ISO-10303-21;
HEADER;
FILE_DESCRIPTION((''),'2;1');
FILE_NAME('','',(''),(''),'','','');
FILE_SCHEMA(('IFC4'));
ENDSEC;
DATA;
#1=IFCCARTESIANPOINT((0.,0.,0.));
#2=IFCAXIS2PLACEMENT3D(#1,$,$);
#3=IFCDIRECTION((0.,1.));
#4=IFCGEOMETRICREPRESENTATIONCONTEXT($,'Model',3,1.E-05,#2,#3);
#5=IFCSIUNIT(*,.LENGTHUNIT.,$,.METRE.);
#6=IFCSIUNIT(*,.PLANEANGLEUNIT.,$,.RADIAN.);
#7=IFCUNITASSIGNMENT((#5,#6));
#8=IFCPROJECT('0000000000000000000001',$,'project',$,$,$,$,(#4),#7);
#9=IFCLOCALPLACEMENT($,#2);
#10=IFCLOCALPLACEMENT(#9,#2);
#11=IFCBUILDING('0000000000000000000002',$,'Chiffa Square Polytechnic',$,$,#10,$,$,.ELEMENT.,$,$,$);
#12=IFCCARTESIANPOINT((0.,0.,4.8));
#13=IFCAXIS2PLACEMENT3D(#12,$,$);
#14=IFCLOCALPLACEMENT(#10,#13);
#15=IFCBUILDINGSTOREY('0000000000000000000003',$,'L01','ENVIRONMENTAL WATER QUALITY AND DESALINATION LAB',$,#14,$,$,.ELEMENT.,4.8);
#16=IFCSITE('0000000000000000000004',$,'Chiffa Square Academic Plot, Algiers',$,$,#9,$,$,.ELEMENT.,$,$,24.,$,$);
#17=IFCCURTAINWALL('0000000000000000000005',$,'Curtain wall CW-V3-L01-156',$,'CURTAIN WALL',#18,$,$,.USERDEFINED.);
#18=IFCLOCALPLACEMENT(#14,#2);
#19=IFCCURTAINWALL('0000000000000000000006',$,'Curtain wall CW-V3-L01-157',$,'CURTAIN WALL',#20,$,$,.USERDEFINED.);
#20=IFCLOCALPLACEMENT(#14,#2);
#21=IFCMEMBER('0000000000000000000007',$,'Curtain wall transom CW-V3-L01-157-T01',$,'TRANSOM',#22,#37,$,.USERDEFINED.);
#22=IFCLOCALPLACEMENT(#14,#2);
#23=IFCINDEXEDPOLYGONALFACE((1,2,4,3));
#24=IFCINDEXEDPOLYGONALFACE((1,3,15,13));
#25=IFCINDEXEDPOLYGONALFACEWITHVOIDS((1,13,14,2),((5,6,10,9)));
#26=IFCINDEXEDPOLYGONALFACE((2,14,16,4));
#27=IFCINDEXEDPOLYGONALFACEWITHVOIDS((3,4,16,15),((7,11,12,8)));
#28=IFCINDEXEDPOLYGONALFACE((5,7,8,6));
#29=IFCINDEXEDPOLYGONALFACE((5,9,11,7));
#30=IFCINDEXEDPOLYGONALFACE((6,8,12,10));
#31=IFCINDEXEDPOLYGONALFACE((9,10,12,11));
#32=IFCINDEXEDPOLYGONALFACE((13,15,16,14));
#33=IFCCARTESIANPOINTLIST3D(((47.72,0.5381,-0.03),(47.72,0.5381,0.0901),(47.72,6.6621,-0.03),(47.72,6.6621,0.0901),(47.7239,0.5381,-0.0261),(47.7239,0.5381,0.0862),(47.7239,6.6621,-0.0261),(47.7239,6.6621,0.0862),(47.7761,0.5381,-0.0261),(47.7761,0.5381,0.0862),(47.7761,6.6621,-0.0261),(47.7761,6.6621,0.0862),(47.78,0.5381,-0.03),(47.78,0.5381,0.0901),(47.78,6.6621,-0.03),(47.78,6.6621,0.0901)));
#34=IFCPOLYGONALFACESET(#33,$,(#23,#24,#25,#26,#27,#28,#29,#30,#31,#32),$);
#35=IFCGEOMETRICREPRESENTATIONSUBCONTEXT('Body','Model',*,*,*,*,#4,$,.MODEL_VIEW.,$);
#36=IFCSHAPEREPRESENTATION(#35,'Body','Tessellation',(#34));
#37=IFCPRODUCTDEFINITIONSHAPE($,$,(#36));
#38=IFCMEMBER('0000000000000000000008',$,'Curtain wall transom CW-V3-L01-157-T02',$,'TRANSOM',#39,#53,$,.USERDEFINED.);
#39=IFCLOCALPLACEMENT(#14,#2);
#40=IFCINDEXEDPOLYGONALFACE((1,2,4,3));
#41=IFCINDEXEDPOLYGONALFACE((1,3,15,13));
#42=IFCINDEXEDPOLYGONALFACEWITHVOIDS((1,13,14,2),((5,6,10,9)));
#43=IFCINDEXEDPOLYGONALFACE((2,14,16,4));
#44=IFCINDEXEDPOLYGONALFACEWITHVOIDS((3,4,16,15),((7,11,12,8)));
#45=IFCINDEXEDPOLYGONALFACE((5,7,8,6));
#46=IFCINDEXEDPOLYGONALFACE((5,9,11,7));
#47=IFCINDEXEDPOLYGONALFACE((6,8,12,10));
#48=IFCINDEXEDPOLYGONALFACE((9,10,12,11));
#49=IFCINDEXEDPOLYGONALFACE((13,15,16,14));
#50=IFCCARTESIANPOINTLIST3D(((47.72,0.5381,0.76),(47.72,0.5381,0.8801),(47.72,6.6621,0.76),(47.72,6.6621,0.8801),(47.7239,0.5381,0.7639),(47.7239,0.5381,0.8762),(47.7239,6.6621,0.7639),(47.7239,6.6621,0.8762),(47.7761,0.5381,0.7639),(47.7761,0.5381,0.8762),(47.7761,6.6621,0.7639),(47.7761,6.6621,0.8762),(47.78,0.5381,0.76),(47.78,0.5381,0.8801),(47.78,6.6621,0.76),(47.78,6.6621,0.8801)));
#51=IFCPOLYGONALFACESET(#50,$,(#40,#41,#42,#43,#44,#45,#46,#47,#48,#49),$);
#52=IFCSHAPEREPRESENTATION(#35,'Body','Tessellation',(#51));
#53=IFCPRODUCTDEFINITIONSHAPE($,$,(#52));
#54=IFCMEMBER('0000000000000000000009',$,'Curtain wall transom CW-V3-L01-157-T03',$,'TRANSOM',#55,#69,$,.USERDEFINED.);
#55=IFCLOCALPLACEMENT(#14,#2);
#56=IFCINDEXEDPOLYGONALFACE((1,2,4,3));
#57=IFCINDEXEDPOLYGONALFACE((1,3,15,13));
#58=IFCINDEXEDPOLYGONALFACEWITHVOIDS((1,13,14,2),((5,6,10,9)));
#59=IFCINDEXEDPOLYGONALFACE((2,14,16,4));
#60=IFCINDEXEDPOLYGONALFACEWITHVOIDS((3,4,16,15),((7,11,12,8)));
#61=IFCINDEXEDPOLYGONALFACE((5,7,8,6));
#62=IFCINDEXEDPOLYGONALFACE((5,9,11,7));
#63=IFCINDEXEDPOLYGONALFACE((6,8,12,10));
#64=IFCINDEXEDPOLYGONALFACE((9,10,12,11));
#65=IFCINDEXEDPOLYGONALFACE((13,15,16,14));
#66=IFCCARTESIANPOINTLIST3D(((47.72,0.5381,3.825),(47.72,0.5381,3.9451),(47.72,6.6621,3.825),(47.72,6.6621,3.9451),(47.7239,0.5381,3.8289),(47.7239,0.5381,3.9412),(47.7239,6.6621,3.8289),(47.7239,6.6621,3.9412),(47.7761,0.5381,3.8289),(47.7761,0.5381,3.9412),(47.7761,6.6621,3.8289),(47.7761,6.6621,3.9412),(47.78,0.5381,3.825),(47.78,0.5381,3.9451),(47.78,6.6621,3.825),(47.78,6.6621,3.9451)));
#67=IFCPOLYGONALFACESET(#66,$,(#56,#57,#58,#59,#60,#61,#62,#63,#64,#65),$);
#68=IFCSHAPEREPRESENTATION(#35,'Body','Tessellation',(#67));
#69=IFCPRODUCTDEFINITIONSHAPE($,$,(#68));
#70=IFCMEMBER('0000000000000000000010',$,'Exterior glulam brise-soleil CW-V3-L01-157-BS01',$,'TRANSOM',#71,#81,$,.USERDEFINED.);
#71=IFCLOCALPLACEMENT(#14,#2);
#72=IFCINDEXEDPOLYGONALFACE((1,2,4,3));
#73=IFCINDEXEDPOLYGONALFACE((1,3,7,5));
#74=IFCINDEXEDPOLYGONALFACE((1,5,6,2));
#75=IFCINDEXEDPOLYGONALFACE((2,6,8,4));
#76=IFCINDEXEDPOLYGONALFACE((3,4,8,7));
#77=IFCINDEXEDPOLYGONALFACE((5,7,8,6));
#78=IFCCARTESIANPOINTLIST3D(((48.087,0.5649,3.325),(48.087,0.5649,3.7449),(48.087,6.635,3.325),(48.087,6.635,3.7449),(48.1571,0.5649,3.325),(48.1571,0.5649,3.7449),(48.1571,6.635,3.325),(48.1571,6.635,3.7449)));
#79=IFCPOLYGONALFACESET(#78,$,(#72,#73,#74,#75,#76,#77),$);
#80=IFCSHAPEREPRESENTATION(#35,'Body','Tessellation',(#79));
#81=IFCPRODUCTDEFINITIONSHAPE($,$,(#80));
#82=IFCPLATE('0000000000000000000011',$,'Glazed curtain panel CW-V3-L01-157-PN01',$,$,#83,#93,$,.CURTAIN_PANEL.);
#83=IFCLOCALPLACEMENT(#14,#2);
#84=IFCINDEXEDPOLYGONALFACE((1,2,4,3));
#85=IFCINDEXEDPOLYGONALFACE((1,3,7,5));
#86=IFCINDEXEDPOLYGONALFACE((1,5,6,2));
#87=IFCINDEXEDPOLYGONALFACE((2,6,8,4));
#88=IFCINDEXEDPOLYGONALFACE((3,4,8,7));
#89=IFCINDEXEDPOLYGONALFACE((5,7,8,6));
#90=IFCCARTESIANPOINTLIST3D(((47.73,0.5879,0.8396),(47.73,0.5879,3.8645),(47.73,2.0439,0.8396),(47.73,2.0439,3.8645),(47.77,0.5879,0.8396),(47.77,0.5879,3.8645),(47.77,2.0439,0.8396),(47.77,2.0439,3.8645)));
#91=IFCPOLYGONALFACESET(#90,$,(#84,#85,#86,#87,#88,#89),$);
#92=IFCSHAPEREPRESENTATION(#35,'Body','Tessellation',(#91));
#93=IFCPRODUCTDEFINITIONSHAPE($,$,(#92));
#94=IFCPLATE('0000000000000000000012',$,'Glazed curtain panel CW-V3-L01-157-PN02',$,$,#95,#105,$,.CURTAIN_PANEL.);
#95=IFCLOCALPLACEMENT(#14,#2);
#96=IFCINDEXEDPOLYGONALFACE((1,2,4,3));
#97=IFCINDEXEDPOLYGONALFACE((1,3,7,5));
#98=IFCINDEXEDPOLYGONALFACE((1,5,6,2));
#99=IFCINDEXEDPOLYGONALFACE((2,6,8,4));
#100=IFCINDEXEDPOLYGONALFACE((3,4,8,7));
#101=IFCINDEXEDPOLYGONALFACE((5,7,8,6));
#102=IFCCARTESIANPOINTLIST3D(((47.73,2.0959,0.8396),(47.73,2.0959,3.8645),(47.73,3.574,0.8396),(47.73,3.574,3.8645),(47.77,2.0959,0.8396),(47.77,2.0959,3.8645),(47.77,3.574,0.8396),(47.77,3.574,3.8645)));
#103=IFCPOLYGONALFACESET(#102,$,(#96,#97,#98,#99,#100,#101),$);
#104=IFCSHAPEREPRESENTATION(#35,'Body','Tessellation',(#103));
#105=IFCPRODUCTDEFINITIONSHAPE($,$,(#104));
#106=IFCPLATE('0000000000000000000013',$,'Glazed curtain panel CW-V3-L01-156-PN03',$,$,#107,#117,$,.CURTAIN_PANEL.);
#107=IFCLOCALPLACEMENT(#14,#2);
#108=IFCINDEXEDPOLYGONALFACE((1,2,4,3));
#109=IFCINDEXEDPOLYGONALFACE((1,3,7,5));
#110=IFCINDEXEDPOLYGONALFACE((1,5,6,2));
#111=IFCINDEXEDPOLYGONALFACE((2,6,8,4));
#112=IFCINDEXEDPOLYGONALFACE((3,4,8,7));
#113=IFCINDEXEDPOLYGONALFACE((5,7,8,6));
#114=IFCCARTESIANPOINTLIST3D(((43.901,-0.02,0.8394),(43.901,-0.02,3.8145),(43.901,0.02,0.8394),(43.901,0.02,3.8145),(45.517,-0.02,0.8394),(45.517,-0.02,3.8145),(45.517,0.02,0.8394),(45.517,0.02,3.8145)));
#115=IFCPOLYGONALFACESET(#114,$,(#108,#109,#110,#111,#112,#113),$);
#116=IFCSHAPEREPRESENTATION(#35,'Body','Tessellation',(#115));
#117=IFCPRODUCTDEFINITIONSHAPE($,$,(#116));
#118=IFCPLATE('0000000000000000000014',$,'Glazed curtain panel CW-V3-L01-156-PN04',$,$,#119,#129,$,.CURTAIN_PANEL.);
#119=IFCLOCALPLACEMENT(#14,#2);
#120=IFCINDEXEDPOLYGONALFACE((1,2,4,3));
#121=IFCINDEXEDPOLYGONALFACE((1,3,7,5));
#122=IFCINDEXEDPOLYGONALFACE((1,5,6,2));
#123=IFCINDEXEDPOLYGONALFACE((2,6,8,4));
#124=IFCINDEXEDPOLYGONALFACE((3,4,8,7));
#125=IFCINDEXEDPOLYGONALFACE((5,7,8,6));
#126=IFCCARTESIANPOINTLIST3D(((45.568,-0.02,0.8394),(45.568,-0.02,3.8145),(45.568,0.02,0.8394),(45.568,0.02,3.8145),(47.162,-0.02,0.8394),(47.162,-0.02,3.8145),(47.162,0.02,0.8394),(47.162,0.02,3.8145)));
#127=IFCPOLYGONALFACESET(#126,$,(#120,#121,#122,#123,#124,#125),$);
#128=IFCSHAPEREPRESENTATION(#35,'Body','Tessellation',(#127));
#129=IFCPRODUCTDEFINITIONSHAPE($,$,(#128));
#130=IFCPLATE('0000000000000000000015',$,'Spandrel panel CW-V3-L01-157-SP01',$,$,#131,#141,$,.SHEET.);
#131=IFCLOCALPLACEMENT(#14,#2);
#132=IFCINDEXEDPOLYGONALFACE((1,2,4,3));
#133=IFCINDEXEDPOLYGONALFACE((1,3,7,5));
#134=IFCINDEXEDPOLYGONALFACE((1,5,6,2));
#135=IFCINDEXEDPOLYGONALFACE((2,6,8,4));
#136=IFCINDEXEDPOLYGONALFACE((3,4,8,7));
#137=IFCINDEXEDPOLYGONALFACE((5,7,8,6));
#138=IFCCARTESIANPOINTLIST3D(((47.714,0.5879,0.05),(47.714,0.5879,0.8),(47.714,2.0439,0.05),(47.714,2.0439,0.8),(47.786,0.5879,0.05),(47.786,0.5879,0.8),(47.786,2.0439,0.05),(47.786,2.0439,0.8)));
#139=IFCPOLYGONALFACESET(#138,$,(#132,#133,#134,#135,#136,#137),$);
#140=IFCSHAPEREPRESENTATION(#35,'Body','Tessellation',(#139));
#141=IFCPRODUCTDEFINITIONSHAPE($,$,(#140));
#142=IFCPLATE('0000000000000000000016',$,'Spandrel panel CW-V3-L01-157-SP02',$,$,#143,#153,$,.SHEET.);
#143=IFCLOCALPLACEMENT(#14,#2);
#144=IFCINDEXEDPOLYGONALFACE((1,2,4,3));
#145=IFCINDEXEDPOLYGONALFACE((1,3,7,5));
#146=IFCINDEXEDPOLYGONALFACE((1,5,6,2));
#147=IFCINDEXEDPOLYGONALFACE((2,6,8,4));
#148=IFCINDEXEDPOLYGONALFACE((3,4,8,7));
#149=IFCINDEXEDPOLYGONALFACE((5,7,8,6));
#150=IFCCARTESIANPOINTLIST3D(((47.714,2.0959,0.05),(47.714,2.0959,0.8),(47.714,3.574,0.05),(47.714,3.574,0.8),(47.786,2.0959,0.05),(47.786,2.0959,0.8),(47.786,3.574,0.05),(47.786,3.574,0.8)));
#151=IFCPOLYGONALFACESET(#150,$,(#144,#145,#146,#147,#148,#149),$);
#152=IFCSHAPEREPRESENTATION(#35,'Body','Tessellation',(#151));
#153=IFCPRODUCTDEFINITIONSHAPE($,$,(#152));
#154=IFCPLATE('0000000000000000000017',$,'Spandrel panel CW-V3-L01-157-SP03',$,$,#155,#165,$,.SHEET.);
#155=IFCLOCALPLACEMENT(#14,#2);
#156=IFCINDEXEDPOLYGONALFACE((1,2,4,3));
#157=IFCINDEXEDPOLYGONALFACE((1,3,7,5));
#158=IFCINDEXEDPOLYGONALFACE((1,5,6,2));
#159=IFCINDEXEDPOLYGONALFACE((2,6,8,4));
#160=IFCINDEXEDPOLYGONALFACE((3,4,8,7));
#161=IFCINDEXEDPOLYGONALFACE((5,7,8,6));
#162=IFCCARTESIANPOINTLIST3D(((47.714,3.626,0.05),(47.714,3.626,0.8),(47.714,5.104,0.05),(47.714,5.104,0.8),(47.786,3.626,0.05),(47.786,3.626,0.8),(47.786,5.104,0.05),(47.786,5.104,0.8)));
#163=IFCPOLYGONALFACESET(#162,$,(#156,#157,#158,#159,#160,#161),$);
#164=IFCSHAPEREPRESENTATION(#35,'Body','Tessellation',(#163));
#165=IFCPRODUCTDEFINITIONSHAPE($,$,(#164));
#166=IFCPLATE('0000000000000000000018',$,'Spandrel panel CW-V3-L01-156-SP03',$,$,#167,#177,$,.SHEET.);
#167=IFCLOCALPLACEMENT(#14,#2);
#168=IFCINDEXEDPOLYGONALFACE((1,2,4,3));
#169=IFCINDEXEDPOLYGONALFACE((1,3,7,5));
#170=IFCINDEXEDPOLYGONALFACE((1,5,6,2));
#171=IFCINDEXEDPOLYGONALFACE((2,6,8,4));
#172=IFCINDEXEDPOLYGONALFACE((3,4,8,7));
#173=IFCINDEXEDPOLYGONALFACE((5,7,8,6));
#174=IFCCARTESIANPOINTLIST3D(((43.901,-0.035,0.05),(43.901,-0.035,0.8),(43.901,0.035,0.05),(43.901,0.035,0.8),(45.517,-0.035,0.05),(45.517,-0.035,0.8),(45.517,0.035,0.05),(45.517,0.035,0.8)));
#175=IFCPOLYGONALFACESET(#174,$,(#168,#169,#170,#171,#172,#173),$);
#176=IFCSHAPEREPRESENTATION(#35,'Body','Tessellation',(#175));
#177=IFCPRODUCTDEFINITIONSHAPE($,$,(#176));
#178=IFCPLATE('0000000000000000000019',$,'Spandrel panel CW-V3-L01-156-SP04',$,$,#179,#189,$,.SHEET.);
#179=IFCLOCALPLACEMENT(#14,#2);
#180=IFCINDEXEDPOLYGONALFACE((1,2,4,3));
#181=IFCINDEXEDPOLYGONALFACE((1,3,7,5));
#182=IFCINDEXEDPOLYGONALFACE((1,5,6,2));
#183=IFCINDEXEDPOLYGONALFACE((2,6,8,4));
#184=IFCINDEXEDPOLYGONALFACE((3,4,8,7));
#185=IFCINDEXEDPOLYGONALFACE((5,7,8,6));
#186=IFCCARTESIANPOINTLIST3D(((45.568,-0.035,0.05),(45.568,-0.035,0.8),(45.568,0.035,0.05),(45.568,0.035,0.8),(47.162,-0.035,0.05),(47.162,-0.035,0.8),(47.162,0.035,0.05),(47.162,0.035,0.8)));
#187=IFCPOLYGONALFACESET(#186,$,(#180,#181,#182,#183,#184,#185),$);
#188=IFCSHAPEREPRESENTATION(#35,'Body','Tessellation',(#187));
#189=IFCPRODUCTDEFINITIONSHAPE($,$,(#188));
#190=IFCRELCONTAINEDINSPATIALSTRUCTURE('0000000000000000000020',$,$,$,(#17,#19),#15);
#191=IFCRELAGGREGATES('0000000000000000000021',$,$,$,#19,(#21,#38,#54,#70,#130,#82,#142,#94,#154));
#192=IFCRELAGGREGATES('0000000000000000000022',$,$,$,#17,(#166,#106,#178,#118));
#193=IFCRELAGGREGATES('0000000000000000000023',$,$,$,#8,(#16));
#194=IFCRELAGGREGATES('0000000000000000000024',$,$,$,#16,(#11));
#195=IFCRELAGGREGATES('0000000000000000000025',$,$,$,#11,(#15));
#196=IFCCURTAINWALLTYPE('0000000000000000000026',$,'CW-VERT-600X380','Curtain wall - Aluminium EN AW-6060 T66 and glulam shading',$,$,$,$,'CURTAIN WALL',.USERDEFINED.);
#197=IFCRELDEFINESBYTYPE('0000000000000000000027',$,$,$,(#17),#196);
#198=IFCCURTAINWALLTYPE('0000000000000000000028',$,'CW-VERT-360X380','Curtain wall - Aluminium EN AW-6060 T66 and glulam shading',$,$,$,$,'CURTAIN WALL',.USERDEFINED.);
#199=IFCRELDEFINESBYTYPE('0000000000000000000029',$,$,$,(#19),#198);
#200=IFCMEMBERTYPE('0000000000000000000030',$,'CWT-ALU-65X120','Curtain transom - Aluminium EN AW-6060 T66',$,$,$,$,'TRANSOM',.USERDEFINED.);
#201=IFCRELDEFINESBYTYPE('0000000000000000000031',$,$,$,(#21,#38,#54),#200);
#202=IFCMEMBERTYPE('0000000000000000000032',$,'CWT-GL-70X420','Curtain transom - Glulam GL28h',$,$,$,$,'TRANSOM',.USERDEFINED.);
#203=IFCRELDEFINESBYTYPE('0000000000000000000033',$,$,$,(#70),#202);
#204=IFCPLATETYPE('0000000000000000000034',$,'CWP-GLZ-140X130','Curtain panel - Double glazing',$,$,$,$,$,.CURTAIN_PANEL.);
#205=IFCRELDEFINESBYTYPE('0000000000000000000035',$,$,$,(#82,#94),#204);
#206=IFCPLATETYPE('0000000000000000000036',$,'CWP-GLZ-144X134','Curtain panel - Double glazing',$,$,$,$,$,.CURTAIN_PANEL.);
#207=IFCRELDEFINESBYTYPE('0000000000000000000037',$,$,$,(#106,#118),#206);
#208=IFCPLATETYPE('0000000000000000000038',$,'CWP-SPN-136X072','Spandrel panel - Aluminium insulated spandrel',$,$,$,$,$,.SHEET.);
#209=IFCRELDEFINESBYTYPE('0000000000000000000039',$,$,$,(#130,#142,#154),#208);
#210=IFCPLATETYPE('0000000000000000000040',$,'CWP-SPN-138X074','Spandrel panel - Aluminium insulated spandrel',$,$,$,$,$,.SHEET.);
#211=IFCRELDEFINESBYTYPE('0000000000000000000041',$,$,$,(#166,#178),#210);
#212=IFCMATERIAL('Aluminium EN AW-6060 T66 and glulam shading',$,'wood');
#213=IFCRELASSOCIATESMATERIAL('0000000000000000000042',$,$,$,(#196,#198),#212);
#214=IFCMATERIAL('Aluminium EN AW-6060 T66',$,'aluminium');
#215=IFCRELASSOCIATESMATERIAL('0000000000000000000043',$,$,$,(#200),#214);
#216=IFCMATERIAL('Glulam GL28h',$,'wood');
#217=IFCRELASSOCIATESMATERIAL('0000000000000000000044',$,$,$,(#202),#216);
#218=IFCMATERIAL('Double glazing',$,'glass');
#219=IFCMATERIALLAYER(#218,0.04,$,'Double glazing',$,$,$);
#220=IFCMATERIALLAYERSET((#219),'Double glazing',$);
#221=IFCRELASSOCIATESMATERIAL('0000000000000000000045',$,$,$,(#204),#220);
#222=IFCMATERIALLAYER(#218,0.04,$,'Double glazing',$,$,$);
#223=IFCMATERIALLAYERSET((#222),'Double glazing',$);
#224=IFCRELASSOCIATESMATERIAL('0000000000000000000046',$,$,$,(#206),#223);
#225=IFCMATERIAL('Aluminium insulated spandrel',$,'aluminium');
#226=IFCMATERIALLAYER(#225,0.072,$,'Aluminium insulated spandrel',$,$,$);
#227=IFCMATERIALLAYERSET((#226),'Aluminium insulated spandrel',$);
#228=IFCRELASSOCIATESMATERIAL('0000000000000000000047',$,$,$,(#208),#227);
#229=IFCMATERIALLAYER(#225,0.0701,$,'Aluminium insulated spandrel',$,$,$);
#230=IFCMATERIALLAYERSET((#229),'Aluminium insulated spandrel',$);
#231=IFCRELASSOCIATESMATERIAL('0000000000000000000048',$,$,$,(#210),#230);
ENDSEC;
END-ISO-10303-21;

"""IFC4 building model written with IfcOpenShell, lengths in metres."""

from ifc_helpers import new_model, si_unit, direction, frame, origin, origin_2d, place, context, subcontext, project, spatial, rectangle, hollow_rectangle, extrude, material, layer, layer_set, material_profile, profile_set, type_object, element, aggregate, save


model = new_model("IFC4")

# Units and contexts
model_context = context("Model", 3, precision=1e-05, world=origin(), true_north=direction((0.0, 1.0)))
body_context = subcontext(model_context, "Body", "Model", "MODEL_VIEW")
ifc_project = project(units=[si_unit("LENGTHUNIT", "METRE"), si_unit("PLANEANGLEUNIT", "RADIAN")], contexts=[model_context])

# Site, building, storey
site_placement = place(None, origin())
site = spatial("IfcSite", under=ifc_project, at=site_placement, Name="Chiffa Square Academic Plot, Algiers", CompositionType="ELEMENT", RefElevation=24.0)
building_placement = place(site_placement, origin())
building = spatial("IfcBuilding", under=site, at=building_placement, Name="Chiffa Square Polytechnic", CompositionType="ELEMENT")
storey_placement = place(building_placement, frame((0.0, 0.0, 4.8)))
storey = spatial("IfcBuildingStorey", under=building, at=storey_placement, Name="L01", Description="ENVIRONMENTAL WATER QUALITY AND DESALINATION LAB", CompositionType="ELEMENT", Elevation=4.8)

# Curtain walls
ifc_material_1 = material(Name="Aluminium EN AW-6060 T66 and glulam shading", Category="wood")
curtain_wall_type_1 = type_object("IfcCurtainWallType", Name="CW-VERT-600X380", Description="Curtain wall - Aluminium EN AW-6060 T66 and glulam shading", ElementType="CURTAIN WALL", PredefinedType="USERDEFINED", material=ifc_material_1)
curtain_wall_1_placement = place(storey_placement, origin())
curtain_wall_1 = element("IfcCurtainWall", 1, at=curtain_wall_1_placement, inside=storey, type_object=curtain_wall_type_1, Name="Curtain wall CW-V3-L01-156", ObjectType="CURTAIN WALL", PredefinedType="USERDEFINED")
ifc_material_2 = material(Name="Aluminium EN AW-6060 T66", Category="aluminium")
curtain_wall_type_2 = type_object("IfcCurtainWallType", Name="CW-VERT-360X380", Description="Curtain wall - Aluminium EN AW-6060 T66 and glulam shading", ElementType="CURTAIN WALL", PredefinedType="USERDEFINED", material=ifc_material_1)
curtain_wall_2_placement = place(storey_placement, origin())
curtain_wall_2 = element("IfcCurtainWall", 2, at=curtain_wall_2_placement, inside=storey, type_object=curtain_wall_type_2, Name="Curtain wall CW-V3-L01-157", ObjectType="CURTAIN WALL", PredefinedType="USERDEFINED")

# Members
ifc_material_3 = material(Name="Glulam GL28h", Category="wood")
ifc_material_profile_1 = material_profile(ifc_material_2, hollow_rectangle(XDim=0.0601, YDim=0.1201, WallThickness=0.0039, at=origin_2d()), Name="ALU 60x120x4")
ifc_profile_set_1 = profile_set([ifc_material_profile_1], Name="Aluminium EN AW-6060 T66")
member_type_1 = type_object("IfcMemberType", Name="CWT-ALU-65X120", Description="Curtain transom - Aluminium EN AW-6060 T66", ElementType="TRANSOM", PredefinedType="USERDEFINED", material=ifc_profile_set_1)
member_1_placement = place(storey_placement, frame((47.75, 0.5381, 0.03), z_axis=(0.0, 1.0, 0.0), x_axis=(-1.0, 0.0, 0.0)))
member_1 = element("IfcMember", 3, at=member_1_placement, type_object=member_type_1, Name="Curtain wall transom CW-V3-L01-157-T01", ObjectType="TRANSOM", PredefinedType="USERDEFINED", context=body_context, shape_type="SweptSolid", body=[
    extrude(hollow_rectangle(XDim=0.0601, YDim=0.1201, WallThickness=0.0039, at=origin_2d()), origin(), (0.0, 0.0, 1.0), 6.124),
])
member_2_placement = place(storey_placement, frame((47.75, 0.5381, 0.8201), z_axis=(0.0, 1.0, 0.0), x_axis=(-1.0, 0.0, 0.0)))
member_2 = element("IfcMember", 4, at=member_2_placement, type_object=member_type_1, Name="Curtain wall transom CW-V3-L01-157-T02", ObjectType="TRANSOM", PredefinedType="USERDEFINED", context=body_context, shape_type="SweptSolid", body=[
    extrude(hollow_rectangle(XDim=0.0601, YDim=0.1201, WallThickness=0.0039, at=origin_2d()), origin(), (0.0, 0.0, 1.0), 6.124),
])
member_3_placement = place(storey_placement, frame((47.75, 0.5381, 3.885), z_axis=(0.0, 1.0, 0.0), x_axis=(-1.0, 0.0, 0.0)))
member_3 = element("IfcMember", 5, at=member_3_placement, type_object=member_type_1, Name="Curtain wall transom CW-V3-L01-157-T03", ObjectType="TRANSOM", PredefinedType="USERDEFINED", context=body_context, shape_type="SweptSolid", body=[
    extrude(hollow_rectangle(XDim=0.0601, YDim=0.1201, WallThickness=0.0039, at=origin_2d()), origin(), (0.0, 0.0, 1.0), 6.124),
])
ifc_material_profile_2 = material_profile(ifc_material_3, rectangle(XDim=0.0701, YDim=0.4199, at=origin_2d()), Name="GL28h 70x420")
ifc_profile_set_2 = profile_set([ifc_material_profile_2], Name="Glulam GL28h")
member_type_2 = type_object("IfcMemberType", Name="CWT-GL-70X420", Description="Curtain transom - Glulam GL28h", ElementType="TRANSOM", PredefinedType="USERDEFINED", material=ifc_profile_set_2)
member_4_placement = place(storey_placement, frame((48.1221, 0.5649, 3.5349), z_axis=(0.0, 1.0, 0.0), x_axis=(-1.0, 0.0, 0.0)))
member_4 = element("IfcMember", 6, at=member_4_placement, type_object=member_type_2, Name="Exterior glulam brise-soleil CW-V3-L01-157-BS01", ObjectType="TRANSOM", PredefinedType="USERDEFINED", context=body_context, shape_type="SweptSolid", body=[
    extrude(rectangle(XDim=0.0701, YDim=0.4199, at=origin_2d()), origin(), (0.0, 0.0, 1.0), 6.0701),
])

# Plates
ifc_material_4 = material(Name="Double glazing", Category="glass")
ifc_layer_1 = layer(ifc_material_4, 0.04, Name="Double glazing")
ifc_layer_set_1 = layer_set([ifc_layer_1], Name="Double glazing")
plate_type_1 = type_object("IfcPlateType", Name="CWP-GLZ-140X130", Description="Curtain panel - Double glazing", PredefinedType="CURTAIN_PANEL", material=ifc_layer_set_1)
plate_1_placement = place(storey_placement, frame((47.75, 1.3159, 0.8396), z_axis=(0.0, 0.0, 1.0), x_axis=(0.0, 1.0, 0.0)))
plate_1 = element("IfcPlate", 7, at=plate_1_placement, type_object=plate_type_1, Name="Glazed curtain panel CW-V3-L01-157-PN01", PredefinedType="CURTAIN_PANEL", context=body_context, shape_type="SweptSolid", body=[
    extrude(rectangle(XDim=1.4561, YDim=0.04, at=origin_2d()), origin(), (0.0, 0.0, 1.0), 3.0249),
])
plate_2_placement = place(storey_placement, frame((47.75, 2.835, 0.8396), z_axis=(0.0, 0.0, 1.0), x_axis=(0.0, 1.0, 0.0)))
plate_2 = element("IfcPlate", 8, at=plate_2_placement, type_object=plate_type_1, Name="Glazed curtain panel CW-V3-L01-157-PN02", PredefinedType="CURTAIN_PANEL", context=body_context, shape_type="SweptSolid", body=[
    extrude(rectangle(XDim=1.478, YDim=0.04, at=origin_2d()), origin(), (0.0, 0.0, 1.0), 3.0249),
])
ifc_layer_2 = layer(ifc_material_4, 0.04, Name="Double glazing")
ifc_layer_set_2 = layer_set([ifc_layer_2], Name="Double glazing")
plate_type_2 = type_object("IfcPlateType", Name="CWP-GLZ-144X134", Description="Curtain panel - Double glazing", PredefinedType="CURTAIN_PANEL", material=ifc_layer_set_2)
plate_3_placement = place(storey_placement, frame((44.709, 0.0, 0.8394), z_axis=(0.0, 0.0, 1.0), x_axis=(1.0, 0.0, 0.0)))
plate_3 = element("IfcPlate", 9, at=plate_3_placement, type_object=plate_type_2, Name="Glazed curtain panel CW-V3-L01-156-PN03", PredefinedType="CURTAIN_PANEL", context=body_context, shape_type="SweptSolid", body=[
    extrude(rectangle(XDim=1.616, YDim=0.04, at=origin_2d()), origin(), (0.0, 0.0, 1.0), 2.9751),
])
plate_4_placement = place(storey_placement, frame((46.365, 0.0, 0.8394), z_axis=(0.0, 0.0, 1.0), x_axis=(1.0, 0.0, 0.0)))
plate_4 = element("IfcPlate", 10, at=plate_4_placement, type_object=plate_type_2, Name="Glazed curtain panel CW-V3-L01-156-PN04", PredefinedType="CURTAIN_PANEL", context=body_context, shape_type="SweptSolid", body=[
    extrude(rectangle(XDim=1.594, YDim=0.04, at=origin_2d()), origin(), (0.0, 0.0, 1.0), 2.9751),
])
ifc_material_5 = material(Name="Aluminium insulated spandrel", Category="aluminium")
ifc_layer_3 = layer(ifc_material_5, 0.072, Name="Aluminium insulated spandrel")
ifc_layer_set_3 = layer_set([ifc_layer_3], Name="Aluminium insulated spandrel")
plate_type_3 = type_object("IfcPlateType", Name="CWP-SPN-136X072", Description="Spandrel panel - Aluminium insulated spandrel", PredefinedType="SHEET", material=ifc_layer_set_3)
plate_5_placement = place(storey_placement, frame((47.75, 1.3159, 0.05), z_axis=(0.0, 0.0, 1.0), x_axis=(0.0, 1.0, 0.0)))
plate_5 = element("IfcPlate", 11, at=plate_5_placement, type_object=plate_type_3, Name="Spandrel panel CW-V3-L01-157-SP01", PredefinedType="SHEET", context=body_context, shape_type="SweptSolid", body=[
    extrude(rectangle(XDim=1.4561, YDim=0.072, at=origin_2d()), origin(), (0.0, 0.0, 1.0), 0.75),
])
plate_6_placement = place(storey_placement, frame((47.75, 2.835, 0.05), z_axis=(0.0, 0.0, 1.0), x_axis=(0.0, 1.0, 0.0)))
plate_6 = element("IfcPlate", 12, at=plate_6_placement, type_object=plate_type_3, Name="Spandrel panel CW-V3-L01-157-SP02", PredefinedType="SHEET", context=body_context, shape_type="SweptSolid", body=[
    extrude(rectangle(XDim=1.478, YDim=0.072, at=origin_2d()), origin(), (0.0, 0.0, 1.0), 0.75),
])
plate_7_placement = place(storey_placement, frame((47.75, 4.365, 0.05), z_axis=(0.0, 0.0, 1.0), x_axis=(0.0, 1.0, 0.0)))
plate_7 = element("IfcPlate", 13, at=plate_7_placement, type_object=plate_type_3, Name="Spandrel panel CW-V3-L01-157-SP03", PredefinedType="SHEET", context=body_context, shape_type="SweptSolid", body=[
    extrude(rectangle(XDim=1.478, YDim=0.072, at=origin_2d()), origin(), (0.0, 0.0, 1.0), 0.75),
])
aggregate(curtain_wall_2, [member_1, member_2, member_3, member_4, plate_5, plate_1, plate_6, plate_2, plate_7])
ifc_layer_4 = layer(ifc_material_5, 0.0701, Name="Aluminium insulated spandrel")
ifc_layer_set_4 = layer_set([ifc_layer_4], Name="Aluminium insulated spandrel")
plate_type_4 = type_object("IfcPlateType", Name="CWP-SPN-138X074", Description="Spandrel panel - Aluminium insulated spandrel", PredefinedType="SHEET", material=ifc_layer_set_4)
plate_8_placement = place(storey_placement, frame((44.709, 0.0, 0.05), z_axis=(0.0, 0.0, 1.0), x_axis=(1.0, 0.0, 0.0)))
plate_8 = element("IfcPlate", 14, at=plate_8_placement, type_object=plate_type_4, Name="Spandrel panel CW-V3-L01-156-SP03", PredefinedType="SHEET", context=body_context, shape_type="SweptSolid", body=[
    extrude(rectangle(XDim=1.616, YDim=0.0701, at=origin_2d()), origin(), (0.0, 0.0, 1.0), 0.75),
])
plate_9_placement = place(storey_placement, frame((46.365, 0.0, 0.05), z_axis=(0.0, 0.0, 1.0), x_axis=(1.0, 0.0, 0.0)))
plate_9 = element("IfcPlate", 15, at=plate_9_placement, type_object=plate_type_4, Name="Spandrel panel CW-V3-L01-156-SP04", PredefinedType="SHEET", context=body_context, shape_type="SweptSolid", body=[
    extrude(rectangle(XDim=1.594, YDim=0.0701, at=origin_2d()), origin(), (0.0, 0.0, 1.0), 0.75),
])
aggregate(curtain_wall_1, [plate_8, plate_3, plate_9, plate_4])

save(model, "model.ifc")
